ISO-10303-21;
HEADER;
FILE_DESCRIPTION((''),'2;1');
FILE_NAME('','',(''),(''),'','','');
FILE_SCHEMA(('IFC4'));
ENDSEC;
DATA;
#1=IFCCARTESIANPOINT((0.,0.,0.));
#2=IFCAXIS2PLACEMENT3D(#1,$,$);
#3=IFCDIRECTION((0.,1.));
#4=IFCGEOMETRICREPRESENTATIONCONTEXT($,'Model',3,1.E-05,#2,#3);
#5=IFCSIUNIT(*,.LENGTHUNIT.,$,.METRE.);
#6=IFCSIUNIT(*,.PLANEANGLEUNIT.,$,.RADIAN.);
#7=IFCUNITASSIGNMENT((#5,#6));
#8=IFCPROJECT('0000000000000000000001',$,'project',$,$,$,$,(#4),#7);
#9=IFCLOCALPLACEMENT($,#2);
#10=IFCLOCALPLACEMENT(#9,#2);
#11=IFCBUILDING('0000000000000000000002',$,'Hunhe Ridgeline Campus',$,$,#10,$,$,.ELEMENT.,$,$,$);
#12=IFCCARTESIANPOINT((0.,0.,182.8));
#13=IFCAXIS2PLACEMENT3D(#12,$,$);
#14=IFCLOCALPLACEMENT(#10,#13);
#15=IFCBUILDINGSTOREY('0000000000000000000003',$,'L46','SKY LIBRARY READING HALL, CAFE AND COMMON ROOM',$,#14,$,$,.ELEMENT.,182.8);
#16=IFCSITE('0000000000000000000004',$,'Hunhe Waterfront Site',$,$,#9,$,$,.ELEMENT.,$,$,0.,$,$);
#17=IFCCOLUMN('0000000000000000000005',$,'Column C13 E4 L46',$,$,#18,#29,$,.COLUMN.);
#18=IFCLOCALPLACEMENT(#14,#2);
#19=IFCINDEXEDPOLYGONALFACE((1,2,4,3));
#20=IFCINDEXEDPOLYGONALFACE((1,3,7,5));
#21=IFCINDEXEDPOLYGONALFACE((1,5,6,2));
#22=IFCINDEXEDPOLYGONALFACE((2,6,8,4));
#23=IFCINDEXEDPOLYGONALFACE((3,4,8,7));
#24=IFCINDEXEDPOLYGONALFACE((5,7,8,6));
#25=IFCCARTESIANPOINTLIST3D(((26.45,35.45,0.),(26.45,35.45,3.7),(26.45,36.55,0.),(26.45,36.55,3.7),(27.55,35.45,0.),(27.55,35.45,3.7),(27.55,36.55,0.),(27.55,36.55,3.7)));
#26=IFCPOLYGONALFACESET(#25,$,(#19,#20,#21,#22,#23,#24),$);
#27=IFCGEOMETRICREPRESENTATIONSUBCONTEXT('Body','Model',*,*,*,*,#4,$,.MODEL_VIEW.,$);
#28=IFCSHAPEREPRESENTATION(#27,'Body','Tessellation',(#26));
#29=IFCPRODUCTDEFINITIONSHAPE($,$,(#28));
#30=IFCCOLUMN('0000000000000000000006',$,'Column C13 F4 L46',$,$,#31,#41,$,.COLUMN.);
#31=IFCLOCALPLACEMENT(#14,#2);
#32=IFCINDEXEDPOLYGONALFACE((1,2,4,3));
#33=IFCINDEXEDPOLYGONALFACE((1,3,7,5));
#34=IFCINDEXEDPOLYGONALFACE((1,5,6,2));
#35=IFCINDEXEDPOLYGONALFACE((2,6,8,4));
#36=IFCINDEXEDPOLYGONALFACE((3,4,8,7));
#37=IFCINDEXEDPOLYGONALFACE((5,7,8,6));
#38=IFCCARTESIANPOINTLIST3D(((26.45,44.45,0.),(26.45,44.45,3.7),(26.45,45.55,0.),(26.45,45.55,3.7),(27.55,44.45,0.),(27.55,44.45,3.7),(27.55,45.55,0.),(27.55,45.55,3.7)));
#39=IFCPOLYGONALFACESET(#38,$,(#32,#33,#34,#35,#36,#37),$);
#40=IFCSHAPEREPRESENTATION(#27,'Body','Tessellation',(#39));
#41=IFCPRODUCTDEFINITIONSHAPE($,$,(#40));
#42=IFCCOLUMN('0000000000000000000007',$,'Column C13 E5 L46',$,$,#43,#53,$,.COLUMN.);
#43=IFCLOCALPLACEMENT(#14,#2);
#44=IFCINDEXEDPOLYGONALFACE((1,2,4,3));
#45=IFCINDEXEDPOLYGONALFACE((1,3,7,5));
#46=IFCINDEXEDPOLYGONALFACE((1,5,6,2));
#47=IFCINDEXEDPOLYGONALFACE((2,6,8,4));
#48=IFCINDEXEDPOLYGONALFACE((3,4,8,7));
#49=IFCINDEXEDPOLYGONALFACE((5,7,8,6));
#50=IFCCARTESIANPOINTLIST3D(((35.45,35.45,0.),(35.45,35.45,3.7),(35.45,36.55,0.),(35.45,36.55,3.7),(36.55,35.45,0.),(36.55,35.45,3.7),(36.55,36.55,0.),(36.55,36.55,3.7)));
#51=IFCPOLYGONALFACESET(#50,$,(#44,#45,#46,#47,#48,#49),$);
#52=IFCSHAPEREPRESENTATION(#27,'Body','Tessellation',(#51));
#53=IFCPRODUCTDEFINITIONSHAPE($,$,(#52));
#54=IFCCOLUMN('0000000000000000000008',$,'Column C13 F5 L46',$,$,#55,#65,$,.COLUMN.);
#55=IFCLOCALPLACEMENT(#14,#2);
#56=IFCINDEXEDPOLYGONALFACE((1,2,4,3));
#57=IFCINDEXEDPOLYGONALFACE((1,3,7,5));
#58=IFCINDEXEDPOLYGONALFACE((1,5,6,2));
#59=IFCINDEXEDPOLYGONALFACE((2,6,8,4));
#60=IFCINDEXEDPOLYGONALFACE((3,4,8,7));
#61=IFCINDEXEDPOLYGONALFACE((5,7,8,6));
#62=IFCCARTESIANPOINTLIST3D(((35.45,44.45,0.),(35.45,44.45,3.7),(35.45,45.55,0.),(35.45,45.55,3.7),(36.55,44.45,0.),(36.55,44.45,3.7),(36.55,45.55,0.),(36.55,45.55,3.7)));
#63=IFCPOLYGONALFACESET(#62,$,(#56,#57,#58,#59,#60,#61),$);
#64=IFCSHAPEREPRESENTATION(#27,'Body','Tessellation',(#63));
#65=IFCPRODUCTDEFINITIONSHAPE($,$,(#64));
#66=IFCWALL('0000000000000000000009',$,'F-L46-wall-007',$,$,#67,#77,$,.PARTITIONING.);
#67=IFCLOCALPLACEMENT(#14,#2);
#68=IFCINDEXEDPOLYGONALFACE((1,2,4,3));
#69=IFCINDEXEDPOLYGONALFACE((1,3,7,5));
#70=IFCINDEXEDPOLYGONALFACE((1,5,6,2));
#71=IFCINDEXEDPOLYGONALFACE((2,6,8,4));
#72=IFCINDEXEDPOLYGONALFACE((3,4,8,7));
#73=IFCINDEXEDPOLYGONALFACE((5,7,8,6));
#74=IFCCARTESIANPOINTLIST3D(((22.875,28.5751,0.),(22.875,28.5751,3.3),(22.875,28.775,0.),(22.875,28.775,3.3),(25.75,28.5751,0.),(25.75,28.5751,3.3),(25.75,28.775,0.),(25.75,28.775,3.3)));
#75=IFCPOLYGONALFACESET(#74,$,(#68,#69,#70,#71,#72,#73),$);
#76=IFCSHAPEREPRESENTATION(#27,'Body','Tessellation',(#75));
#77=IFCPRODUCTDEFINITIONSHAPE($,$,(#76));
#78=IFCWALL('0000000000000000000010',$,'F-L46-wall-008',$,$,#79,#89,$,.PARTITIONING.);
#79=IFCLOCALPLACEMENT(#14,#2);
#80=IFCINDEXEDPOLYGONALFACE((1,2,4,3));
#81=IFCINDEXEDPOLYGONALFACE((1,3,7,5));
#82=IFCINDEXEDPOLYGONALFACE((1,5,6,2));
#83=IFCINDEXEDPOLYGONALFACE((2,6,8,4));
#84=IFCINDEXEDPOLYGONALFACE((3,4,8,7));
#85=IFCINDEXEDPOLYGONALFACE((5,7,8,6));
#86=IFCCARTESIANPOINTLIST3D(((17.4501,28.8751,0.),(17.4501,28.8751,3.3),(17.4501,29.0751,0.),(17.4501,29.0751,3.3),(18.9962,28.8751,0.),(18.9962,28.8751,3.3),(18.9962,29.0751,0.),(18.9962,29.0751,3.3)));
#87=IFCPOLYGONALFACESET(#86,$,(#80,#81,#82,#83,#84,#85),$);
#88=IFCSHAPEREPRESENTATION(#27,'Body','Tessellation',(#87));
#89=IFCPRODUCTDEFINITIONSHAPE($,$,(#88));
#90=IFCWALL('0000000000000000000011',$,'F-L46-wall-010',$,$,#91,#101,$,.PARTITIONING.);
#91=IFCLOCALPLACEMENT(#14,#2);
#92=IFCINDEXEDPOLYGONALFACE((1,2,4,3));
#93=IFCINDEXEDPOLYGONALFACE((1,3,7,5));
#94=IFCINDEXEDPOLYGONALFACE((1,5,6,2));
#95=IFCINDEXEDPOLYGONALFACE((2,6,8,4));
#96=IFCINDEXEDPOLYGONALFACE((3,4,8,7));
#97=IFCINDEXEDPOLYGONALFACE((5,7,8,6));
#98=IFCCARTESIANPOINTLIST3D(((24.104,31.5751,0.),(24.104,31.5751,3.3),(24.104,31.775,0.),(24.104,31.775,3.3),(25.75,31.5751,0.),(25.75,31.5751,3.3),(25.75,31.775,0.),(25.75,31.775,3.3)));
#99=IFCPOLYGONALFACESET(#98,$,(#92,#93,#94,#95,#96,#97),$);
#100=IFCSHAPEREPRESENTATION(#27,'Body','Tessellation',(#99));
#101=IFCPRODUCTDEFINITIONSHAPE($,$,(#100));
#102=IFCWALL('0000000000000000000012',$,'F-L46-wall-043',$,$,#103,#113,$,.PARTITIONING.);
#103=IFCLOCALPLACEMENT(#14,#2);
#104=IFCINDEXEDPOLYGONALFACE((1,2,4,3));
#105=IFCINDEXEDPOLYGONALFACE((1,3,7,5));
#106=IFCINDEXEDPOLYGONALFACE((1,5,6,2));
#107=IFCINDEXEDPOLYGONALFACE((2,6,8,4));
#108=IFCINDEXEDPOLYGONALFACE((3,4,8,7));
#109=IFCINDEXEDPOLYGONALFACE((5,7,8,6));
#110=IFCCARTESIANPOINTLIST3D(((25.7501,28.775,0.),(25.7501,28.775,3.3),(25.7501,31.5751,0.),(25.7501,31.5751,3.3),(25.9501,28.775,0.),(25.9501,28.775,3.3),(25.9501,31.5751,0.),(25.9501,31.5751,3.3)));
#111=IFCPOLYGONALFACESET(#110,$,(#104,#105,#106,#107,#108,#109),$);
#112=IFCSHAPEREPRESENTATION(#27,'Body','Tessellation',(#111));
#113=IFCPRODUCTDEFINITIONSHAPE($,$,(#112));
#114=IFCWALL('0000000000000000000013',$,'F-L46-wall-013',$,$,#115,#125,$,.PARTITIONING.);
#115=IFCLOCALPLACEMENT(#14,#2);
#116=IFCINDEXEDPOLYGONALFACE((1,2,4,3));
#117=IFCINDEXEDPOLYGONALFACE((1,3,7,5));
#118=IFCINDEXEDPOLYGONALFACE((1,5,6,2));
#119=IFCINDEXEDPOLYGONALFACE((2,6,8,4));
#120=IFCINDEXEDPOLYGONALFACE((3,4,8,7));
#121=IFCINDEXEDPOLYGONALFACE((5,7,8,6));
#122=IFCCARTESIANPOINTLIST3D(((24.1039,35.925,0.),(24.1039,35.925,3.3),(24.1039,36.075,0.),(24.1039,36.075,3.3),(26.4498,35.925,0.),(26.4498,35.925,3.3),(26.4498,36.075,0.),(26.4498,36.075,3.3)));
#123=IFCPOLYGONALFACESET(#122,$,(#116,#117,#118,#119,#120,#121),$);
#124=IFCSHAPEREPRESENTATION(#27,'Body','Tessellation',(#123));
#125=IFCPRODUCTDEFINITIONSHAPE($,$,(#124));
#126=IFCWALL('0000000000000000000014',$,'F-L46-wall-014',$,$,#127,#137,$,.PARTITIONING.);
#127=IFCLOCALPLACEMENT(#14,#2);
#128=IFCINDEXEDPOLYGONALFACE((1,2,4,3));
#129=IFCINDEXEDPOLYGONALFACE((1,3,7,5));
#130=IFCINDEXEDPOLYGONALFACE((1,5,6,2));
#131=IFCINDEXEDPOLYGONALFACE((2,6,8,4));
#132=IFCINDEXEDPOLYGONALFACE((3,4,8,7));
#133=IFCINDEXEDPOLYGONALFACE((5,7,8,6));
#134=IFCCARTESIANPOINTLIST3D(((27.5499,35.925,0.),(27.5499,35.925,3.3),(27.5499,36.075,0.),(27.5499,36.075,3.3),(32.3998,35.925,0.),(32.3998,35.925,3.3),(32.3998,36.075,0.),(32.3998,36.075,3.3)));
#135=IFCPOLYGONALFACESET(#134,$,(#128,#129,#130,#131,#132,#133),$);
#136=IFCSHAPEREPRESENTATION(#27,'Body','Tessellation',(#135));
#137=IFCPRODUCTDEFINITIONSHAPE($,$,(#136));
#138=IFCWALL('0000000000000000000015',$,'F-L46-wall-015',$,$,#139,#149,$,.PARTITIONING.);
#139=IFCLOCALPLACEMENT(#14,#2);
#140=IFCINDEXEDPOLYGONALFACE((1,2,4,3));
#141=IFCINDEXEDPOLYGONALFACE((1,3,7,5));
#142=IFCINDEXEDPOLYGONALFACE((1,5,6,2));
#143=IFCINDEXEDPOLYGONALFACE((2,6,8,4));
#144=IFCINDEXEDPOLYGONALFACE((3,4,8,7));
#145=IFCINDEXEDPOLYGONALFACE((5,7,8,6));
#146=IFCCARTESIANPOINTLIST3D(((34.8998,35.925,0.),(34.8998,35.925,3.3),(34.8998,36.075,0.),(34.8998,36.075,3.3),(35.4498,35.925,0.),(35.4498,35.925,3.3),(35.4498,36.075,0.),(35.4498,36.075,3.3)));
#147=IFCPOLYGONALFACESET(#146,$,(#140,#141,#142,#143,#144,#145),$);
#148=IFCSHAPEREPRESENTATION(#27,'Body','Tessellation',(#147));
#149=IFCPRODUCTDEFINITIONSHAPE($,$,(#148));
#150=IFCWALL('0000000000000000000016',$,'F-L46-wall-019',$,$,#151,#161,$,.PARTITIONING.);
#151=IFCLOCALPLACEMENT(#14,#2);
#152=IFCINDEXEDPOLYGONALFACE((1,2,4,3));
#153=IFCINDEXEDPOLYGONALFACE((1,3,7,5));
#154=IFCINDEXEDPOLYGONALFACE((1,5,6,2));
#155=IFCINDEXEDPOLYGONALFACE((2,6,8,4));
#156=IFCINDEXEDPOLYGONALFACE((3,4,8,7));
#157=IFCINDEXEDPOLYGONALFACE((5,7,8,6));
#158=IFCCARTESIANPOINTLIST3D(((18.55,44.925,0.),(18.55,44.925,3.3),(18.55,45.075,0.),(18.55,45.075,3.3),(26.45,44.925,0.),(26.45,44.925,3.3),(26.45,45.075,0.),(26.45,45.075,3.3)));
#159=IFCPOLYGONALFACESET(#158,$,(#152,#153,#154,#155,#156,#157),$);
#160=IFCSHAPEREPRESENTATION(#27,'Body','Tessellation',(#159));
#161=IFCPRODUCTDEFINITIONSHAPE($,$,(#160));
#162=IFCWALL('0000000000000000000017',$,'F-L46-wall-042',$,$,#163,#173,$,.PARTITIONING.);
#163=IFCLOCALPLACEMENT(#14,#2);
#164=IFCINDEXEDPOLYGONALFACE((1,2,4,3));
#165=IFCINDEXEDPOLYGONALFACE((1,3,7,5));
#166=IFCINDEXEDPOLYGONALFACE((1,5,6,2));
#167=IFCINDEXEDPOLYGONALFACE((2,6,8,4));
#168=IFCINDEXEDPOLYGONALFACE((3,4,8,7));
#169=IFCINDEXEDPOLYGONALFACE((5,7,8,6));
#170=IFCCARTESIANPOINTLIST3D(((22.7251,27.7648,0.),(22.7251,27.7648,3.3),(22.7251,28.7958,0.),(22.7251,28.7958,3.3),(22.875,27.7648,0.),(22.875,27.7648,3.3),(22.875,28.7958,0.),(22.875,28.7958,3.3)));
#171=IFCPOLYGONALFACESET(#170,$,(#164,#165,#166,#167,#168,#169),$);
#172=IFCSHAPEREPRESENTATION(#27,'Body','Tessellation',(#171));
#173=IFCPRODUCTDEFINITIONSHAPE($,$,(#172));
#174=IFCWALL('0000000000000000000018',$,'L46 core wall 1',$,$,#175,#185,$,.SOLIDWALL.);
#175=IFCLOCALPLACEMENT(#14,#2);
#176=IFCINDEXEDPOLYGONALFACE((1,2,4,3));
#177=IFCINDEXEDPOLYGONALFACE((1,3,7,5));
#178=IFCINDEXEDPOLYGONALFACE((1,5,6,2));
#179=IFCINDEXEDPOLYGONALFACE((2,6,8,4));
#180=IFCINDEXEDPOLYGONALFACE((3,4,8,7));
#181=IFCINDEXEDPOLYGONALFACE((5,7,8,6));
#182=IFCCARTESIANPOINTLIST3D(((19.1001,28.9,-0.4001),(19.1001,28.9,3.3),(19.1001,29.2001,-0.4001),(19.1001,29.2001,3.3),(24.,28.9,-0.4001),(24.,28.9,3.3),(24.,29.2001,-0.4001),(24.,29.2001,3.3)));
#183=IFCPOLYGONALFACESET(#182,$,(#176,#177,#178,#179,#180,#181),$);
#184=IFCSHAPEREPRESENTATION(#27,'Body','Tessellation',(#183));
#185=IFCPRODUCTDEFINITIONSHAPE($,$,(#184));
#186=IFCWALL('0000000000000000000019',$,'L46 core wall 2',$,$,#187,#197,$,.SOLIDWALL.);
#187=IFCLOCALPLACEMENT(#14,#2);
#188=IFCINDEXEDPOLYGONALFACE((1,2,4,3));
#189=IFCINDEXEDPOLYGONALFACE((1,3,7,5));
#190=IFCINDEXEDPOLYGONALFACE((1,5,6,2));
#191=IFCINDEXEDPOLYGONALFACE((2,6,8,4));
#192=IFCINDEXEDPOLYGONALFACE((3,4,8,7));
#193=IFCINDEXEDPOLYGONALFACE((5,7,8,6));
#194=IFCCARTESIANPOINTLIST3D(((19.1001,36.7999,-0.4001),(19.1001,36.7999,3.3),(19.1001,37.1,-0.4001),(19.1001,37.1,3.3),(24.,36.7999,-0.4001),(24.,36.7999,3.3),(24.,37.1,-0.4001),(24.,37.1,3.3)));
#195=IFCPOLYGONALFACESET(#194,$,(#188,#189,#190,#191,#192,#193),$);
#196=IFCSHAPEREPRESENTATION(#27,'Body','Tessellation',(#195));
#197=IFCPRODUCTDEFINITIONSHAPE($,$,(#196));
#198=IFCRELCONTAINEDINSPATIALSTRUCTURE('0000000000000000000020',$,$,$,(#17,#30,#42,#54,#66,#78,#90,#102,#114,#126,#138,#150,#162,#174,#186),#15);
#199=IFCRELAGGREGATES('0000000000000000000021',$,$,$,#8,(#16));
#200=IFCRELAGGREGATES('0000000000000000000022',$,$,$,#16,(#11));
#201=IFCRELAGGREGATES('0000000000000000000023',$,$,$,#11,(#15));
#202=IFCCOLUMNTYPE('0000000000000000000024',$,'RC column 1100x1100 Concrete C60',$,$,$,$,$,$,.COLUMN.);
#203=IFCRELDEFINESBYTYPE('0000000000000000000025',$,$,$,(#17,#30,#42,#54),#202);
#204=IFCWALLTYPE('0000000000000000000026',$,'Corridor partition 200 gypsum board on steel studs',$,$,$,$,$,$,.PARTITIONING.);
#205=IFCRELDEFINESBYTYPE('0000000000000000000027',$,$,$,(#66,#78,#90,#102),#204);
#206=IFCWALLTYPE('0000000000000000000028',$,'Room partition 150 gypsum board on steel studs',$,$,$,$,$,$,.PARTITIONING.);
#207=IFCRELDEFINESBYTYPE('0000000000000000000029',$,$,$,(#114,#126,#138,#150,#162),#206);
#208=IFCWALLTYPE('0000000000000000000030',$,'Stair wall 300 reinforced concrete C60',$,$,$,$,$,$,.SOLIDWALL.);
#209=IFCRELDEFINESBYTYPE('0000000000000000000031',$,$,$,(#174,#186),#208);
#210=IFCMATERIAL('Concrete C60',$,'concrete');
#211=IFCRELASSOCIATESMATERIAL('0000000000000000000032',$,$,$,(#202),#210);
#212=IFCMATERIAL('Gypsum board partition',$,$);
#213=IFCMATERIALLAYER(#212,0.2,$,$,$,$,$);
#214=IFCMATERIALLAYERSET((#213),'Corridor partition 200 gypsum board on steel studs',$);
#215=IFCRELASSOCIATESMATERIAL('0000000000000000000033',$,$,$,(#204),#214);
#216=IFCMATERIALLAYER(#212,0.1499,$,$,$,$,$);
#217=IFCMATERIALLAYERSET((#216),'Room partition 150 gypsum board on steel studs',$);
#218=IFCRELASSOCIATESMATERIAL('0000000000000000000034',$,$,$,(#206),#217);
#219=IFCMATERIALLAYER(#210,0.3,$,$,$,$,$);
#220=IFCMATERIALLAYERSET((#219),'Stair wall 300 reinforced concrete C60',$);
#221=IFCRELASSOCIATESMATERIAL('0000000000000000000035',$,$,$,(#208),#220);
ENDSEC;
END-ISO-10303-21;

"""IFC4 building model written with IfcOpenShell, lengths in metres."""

from ifc_helpers import new_model, si_unit, direction, frame, frame_2d, origin, origin_2d, place, context, subcontext, project, spatial, rectangle, extrude, material, layer, layer_set, material_profile, profile_set, type_object, element, save


model = new_model("IFC4")

# Units and contexts
model_context = context("Model", 3, precision=1e-05, world=origin(), true_north=direction((0.0, 1.0)))
body_context = subcontext(model_context, "Body", "Model", "MODEL_VIEW")
ifc_project = project(units=[si_unit("LENGTHUNIT", "METRE"), si_unit("PLANEANGLEUNIT", "RADIAN")], contexts=[model_context])

# Site, building, storey
site_placement = place(None, origin())
site = spatial("IfcSite", under=ifc_project, at=site_placement, Name="Hunhe Waterfront Site", CompositionType="ELEMENT", RefElevation=0.0)
building_placement = place(site_placement, origin())
building = spatial("IfcBuilding", under=site, at=building_placement, Name="Hunhe Ridgeline Campus", CompositionType="ELEMENT")
storey_placement = place(building_placement, frame((0.0, 0.0, 182.8)))
storey = spatial("IfcBuildingStorey", under=building, at=storey_placement, Name="L46", Description="SKY LIBRARY READING HALL, CAFE AND COMMON ROOM", CompositionType="ELEMENT", Elevation=182.8)

# Columns
ifc_material_1 = material(Name="Concrete C60", Category="concrete")
ifc_material_profile = material_profile(ifc_material_1, rectangle(XDim=1.1001, YDim=1.1001, at=origin_2d()))
ifc_profile_set = profile_set([ifc_material_profile], Name="Concrete C60")
column_type = type_object("IfcColumnType", Name="RC column 1100x1100 Concrete C60", PredefinedType="COLUMN", material=ifc_profile_set)
for number, where, z_axis, x_axis, name in (
    (1, (27.0, 36.0, 0.0), (0.0, 0.0, 1.0), (1.0, 0.0, 0.0), "Column C13 E4 L46"),
    (2, (27.0, 45.0, 0.0), (0.0, 0.0, 1.0), (1.0, 0.0, 0.0), "Column C13 F4 L46"),
    (3, (36.0, 36.0, 0.0), (0.0, 0.0, 1.0), (1.0, 0.0, 0.0), "Column C13 E5 L46"),
    (4, (36.0, 45.0, 0.0), (0.0, 0.0, 1.0), (1.0, 0.0, 0.0), "Column C13 F5 L46"),
):
    element("IfcColumn", number, at=place(storey_placement, frame(where, z_axis=z_axis, x_axis=x_axis)), inside=storey, type_object=column_type, Name=name, PredefinedType="COLUMN", context=body_context, shape_type="SweptSolid", body=[
        extrude(rectangle(XDim=1.1001, YDim=1.1001, at=origin_2d()), origin(), (0.0, 0.0, 1.0), 3.7),
    ])

# Walls
ifc_material_2 = material(Name="Gypsum board partition")
ifc_layer_1 = layer(ifc_material_2, 0.2)
ifc_layer_set_1 = layer_set([ifc_layer_1], Name="Corridor partition 200 gypsum board on steel studs")
wall_type_1 = type_object("IfcWallType", Name="Corridor partition 200 gypsum board on steel studs", PredefinedType="PARTITIONING", material=ifc_layer_set_1)
wall_1_placement = place(storey_placement, frame((25.75, 28.675, 0.0), z_axis=(0.0, 0.0, 1.0), x_axis=(-1.0, 0.0, 0.0)))
element("IfcWall", 5, at=wall_1_placement, inside=storey, type_object=wall_type_1, Name="F-L46-wall-007", PredefinedType="PARTITIONING", context=body_context, shape_type="SweptSolid", body=[
    extrude(rectangle(XDim=2.875, YDim=0.2, at=frame_2d((1.4375, 0.0))), origin(), (0.0, 0.0, 1.0), 3.3),
])
wall_2_placement = place(storey_placement, frame((18.9961, 28.9751, 0.0), z_axis=(0.0, 0.0, 1.0), x_axis=(-1.0, 0.0, 0.0)))
element("IfcWall", 6, at=wall_2_placement, inside=storey, type_object=wall_type_1, Name="F-L46-wall-008", PredefinedType="PARTITIONING", context=body_context, shape_type="SweptSolid", body=[
    extrude(rectangle(XDim=1.5461, YDim=0.2, at=frame_2d((0.7729, 0.0))), origin(), (0.0, 0.0, 1.0), 3.3),
])
wall_3_placement = place(storey_placement, frame((24.104, 31.675, 0.0), z_axis=(0.0, 0.0, 1.0), x_axis=(1.0, 0.0, 0.0)))
element("IfcWall", 7, at=wall_3_placement, inside=storey, type_object=wall_type_1, Name="F-L46-wall-010", PredefinedType="PARTITIONING", context=body_context, shape_type="SweptSolid", body=[
    extrude(rectangle(XDim=1.646, YDim=0.2, at=frame_2d((0.823, 0.0))), origin(), (0.0, 0.0, 1.0), 3.3),
])
wall_4_placement = place(storey_placement, frame((25.8501, 31.575, 0.0), z_axis=(0.0, 0.0, 1.0), x_axis=(0.0, -1.0, 0.0)))
element("IfcWall", 8, at=wall_4_placement, inside=storey, type_object=wall_type_1, Name="F-L46-wall-043", PredefinedType="PARTITIONING", context=body_context, shape_type="SweptSolid", body=[
    extrude(rectangle(XDim=2.8, YDim=0.2, at=frame_2d((1.3999, 0.0))), origin(), (0.0, 0.0, 1.0), 3.3),
])
ifc_layer_2 = layer(ifc_material_2, 0.1499)
ifc_layer_set_2 = layer_set([ifc_layer_2], Name="Room partition 150 gypsum board on steel studs")
wall_type_2 = type_object("IfcWallType", Name="Room partition 150 gypsum board on steel studs", PredefinedType="PARTITIONING", material=ifc_layer_set_2)
wall_5_placement = place(storey_placement, frame((24.104, 36.0, 0.0), z_axis=(0.0, 0.0, 1.0), x_axis=(1.0, 0.0, 0.0)))
element("IfcWall", 9, at=wall_5_placement, inside=storey, type_object=wall_type_2, Name="F-L46-wall-013", PredefinedType="PARTITIONING", context=body_context, shape_type="SweptSolid", body=[
    extrude(rectangle(XDim=2.3459, YDim=0.1499, at=frame_2d((1.1729, 0.0))), origin(), (0.0, 0.0, 1.0), 3.3),
])
wall_6_placement = place(storey_placement, frame((27.55, 36.0, 0.0), z_axis=(0.0, 0.0, 1.0), x_axis=(1.0, 0.0, 0.0)))
element("IfcWall", 10, at=wall_6_placement, inside=storey, type_object=wall_type_2, Name="F-L46-wall-014", PredefinedType="PARTITIONING", context=body_context, shape_type="SweptSolid", body=[
    extrude(rectangle(XDim=4.8499, YDim=0.1499, at=frame_2d((2.4248, 0.0))), origin(), (0.0, 0.0, 1.0), 3.3),
])
wall_7_placement = place(storey_placement, frame((34.8999, 36.0, 0.0), z_axis=(0.0, 0.0, 1.0), x_axis=(1.0, 0.0, 0.0)))
element("IfcWall", 11, at=wall_7_placement, inside=storey, type_object=wall_type_2, Name="F-L46-wall-015", PredefinedType="PARTITIONING", context=body_context, shape_type="SweptSolid", body=[
    extrude(rectangle(XDim=0.55, YDim=0.1499, at=frame_2d((0.2749, 0.0))), origin(), (0.0, 0.0, 1.0), 3.3),
])
wall_8_placement = place(storey_placement, frame((18.55, 45.0, 0.0), z_axis=(0.0, 0.0, 1.0), x_axis=(1.0, 0.0, 0.0)))
element("IfcWall", 12, at=wall_8_placement, inside=storey, type_object=wall_type_2, Name="F-L46-wall-019", PredefinedType="PARTITIONING", context=body_context, shape_type="SweptSolid", body=[
    extrude(rectangle(XDim=7.8999, YDim=0.1499, at=frame_2d((3.95, 0.0))), origin(), (0.0, 0.0, 1.0), 3.3),
])
wall_9_placement = place(storey_placement, frame((22.8, 28.7959, 0.0), z_axis=(0.0, 0.0, 1.0), x_axis=(0.0, -1.0, 0.0)))
element("IfcWall", 13, at=wall_9_placement, inside=storey, type_object=wall_type_2, Name="F-L46-wall-042", PredefinedType="PARTITIONING", context=body_context, shape_type="SweptSolid", body=[
    extrude(rectangle(XDim=1.031, YDim=0.1499, at=frame_2d((0.5156, 0.0))), origin(), (0.0, 0.0, 1.0), 3.3),
])
ifc_layer_3 = layer(ifc_material_1, 0.3)
ifc_layer_set_3 = layer_set([ifc_layer_3], Name="Stair wall 300 reinforced concrete C60")
wall_type_3 = type_object("IfcWallType", Name="Stair wall 300 reinforced concrete C60", PredefinedType="SOLIDWALL", material=ifc_layer_set_3)
for number, where, z_axis, x_axis, name in (
    (14, (19.1001, 29.05, -0.4001), (0.0, 0.0, 1.0), (1.0, 0.0, 0.0), "L46 core wall 1"),
    (15, (19.1001, 36.95, -0.4001), (0.0, 0.0, 1.0), (1.0, 0.0, 0.0), "L46 core wall 2"),
):
    element("IfcWall", number, at=place(storey_placement, frame(where, z_axis=z_axis, x_axis=x_axis)), inside=storey, type_object=wall_type_3, Name=name, PredefinedType="SOLIDWALL", context=body_context, shape_type="SweptSolid", body=[
        extrude(rectangle(XDim=4.8999, YDim=0.3, at=frame_2d((2.45, 0.0))), origin(), (0.0, 0.0, 1.0), 3.7002),
    ])

save(model, "model.ifc")
